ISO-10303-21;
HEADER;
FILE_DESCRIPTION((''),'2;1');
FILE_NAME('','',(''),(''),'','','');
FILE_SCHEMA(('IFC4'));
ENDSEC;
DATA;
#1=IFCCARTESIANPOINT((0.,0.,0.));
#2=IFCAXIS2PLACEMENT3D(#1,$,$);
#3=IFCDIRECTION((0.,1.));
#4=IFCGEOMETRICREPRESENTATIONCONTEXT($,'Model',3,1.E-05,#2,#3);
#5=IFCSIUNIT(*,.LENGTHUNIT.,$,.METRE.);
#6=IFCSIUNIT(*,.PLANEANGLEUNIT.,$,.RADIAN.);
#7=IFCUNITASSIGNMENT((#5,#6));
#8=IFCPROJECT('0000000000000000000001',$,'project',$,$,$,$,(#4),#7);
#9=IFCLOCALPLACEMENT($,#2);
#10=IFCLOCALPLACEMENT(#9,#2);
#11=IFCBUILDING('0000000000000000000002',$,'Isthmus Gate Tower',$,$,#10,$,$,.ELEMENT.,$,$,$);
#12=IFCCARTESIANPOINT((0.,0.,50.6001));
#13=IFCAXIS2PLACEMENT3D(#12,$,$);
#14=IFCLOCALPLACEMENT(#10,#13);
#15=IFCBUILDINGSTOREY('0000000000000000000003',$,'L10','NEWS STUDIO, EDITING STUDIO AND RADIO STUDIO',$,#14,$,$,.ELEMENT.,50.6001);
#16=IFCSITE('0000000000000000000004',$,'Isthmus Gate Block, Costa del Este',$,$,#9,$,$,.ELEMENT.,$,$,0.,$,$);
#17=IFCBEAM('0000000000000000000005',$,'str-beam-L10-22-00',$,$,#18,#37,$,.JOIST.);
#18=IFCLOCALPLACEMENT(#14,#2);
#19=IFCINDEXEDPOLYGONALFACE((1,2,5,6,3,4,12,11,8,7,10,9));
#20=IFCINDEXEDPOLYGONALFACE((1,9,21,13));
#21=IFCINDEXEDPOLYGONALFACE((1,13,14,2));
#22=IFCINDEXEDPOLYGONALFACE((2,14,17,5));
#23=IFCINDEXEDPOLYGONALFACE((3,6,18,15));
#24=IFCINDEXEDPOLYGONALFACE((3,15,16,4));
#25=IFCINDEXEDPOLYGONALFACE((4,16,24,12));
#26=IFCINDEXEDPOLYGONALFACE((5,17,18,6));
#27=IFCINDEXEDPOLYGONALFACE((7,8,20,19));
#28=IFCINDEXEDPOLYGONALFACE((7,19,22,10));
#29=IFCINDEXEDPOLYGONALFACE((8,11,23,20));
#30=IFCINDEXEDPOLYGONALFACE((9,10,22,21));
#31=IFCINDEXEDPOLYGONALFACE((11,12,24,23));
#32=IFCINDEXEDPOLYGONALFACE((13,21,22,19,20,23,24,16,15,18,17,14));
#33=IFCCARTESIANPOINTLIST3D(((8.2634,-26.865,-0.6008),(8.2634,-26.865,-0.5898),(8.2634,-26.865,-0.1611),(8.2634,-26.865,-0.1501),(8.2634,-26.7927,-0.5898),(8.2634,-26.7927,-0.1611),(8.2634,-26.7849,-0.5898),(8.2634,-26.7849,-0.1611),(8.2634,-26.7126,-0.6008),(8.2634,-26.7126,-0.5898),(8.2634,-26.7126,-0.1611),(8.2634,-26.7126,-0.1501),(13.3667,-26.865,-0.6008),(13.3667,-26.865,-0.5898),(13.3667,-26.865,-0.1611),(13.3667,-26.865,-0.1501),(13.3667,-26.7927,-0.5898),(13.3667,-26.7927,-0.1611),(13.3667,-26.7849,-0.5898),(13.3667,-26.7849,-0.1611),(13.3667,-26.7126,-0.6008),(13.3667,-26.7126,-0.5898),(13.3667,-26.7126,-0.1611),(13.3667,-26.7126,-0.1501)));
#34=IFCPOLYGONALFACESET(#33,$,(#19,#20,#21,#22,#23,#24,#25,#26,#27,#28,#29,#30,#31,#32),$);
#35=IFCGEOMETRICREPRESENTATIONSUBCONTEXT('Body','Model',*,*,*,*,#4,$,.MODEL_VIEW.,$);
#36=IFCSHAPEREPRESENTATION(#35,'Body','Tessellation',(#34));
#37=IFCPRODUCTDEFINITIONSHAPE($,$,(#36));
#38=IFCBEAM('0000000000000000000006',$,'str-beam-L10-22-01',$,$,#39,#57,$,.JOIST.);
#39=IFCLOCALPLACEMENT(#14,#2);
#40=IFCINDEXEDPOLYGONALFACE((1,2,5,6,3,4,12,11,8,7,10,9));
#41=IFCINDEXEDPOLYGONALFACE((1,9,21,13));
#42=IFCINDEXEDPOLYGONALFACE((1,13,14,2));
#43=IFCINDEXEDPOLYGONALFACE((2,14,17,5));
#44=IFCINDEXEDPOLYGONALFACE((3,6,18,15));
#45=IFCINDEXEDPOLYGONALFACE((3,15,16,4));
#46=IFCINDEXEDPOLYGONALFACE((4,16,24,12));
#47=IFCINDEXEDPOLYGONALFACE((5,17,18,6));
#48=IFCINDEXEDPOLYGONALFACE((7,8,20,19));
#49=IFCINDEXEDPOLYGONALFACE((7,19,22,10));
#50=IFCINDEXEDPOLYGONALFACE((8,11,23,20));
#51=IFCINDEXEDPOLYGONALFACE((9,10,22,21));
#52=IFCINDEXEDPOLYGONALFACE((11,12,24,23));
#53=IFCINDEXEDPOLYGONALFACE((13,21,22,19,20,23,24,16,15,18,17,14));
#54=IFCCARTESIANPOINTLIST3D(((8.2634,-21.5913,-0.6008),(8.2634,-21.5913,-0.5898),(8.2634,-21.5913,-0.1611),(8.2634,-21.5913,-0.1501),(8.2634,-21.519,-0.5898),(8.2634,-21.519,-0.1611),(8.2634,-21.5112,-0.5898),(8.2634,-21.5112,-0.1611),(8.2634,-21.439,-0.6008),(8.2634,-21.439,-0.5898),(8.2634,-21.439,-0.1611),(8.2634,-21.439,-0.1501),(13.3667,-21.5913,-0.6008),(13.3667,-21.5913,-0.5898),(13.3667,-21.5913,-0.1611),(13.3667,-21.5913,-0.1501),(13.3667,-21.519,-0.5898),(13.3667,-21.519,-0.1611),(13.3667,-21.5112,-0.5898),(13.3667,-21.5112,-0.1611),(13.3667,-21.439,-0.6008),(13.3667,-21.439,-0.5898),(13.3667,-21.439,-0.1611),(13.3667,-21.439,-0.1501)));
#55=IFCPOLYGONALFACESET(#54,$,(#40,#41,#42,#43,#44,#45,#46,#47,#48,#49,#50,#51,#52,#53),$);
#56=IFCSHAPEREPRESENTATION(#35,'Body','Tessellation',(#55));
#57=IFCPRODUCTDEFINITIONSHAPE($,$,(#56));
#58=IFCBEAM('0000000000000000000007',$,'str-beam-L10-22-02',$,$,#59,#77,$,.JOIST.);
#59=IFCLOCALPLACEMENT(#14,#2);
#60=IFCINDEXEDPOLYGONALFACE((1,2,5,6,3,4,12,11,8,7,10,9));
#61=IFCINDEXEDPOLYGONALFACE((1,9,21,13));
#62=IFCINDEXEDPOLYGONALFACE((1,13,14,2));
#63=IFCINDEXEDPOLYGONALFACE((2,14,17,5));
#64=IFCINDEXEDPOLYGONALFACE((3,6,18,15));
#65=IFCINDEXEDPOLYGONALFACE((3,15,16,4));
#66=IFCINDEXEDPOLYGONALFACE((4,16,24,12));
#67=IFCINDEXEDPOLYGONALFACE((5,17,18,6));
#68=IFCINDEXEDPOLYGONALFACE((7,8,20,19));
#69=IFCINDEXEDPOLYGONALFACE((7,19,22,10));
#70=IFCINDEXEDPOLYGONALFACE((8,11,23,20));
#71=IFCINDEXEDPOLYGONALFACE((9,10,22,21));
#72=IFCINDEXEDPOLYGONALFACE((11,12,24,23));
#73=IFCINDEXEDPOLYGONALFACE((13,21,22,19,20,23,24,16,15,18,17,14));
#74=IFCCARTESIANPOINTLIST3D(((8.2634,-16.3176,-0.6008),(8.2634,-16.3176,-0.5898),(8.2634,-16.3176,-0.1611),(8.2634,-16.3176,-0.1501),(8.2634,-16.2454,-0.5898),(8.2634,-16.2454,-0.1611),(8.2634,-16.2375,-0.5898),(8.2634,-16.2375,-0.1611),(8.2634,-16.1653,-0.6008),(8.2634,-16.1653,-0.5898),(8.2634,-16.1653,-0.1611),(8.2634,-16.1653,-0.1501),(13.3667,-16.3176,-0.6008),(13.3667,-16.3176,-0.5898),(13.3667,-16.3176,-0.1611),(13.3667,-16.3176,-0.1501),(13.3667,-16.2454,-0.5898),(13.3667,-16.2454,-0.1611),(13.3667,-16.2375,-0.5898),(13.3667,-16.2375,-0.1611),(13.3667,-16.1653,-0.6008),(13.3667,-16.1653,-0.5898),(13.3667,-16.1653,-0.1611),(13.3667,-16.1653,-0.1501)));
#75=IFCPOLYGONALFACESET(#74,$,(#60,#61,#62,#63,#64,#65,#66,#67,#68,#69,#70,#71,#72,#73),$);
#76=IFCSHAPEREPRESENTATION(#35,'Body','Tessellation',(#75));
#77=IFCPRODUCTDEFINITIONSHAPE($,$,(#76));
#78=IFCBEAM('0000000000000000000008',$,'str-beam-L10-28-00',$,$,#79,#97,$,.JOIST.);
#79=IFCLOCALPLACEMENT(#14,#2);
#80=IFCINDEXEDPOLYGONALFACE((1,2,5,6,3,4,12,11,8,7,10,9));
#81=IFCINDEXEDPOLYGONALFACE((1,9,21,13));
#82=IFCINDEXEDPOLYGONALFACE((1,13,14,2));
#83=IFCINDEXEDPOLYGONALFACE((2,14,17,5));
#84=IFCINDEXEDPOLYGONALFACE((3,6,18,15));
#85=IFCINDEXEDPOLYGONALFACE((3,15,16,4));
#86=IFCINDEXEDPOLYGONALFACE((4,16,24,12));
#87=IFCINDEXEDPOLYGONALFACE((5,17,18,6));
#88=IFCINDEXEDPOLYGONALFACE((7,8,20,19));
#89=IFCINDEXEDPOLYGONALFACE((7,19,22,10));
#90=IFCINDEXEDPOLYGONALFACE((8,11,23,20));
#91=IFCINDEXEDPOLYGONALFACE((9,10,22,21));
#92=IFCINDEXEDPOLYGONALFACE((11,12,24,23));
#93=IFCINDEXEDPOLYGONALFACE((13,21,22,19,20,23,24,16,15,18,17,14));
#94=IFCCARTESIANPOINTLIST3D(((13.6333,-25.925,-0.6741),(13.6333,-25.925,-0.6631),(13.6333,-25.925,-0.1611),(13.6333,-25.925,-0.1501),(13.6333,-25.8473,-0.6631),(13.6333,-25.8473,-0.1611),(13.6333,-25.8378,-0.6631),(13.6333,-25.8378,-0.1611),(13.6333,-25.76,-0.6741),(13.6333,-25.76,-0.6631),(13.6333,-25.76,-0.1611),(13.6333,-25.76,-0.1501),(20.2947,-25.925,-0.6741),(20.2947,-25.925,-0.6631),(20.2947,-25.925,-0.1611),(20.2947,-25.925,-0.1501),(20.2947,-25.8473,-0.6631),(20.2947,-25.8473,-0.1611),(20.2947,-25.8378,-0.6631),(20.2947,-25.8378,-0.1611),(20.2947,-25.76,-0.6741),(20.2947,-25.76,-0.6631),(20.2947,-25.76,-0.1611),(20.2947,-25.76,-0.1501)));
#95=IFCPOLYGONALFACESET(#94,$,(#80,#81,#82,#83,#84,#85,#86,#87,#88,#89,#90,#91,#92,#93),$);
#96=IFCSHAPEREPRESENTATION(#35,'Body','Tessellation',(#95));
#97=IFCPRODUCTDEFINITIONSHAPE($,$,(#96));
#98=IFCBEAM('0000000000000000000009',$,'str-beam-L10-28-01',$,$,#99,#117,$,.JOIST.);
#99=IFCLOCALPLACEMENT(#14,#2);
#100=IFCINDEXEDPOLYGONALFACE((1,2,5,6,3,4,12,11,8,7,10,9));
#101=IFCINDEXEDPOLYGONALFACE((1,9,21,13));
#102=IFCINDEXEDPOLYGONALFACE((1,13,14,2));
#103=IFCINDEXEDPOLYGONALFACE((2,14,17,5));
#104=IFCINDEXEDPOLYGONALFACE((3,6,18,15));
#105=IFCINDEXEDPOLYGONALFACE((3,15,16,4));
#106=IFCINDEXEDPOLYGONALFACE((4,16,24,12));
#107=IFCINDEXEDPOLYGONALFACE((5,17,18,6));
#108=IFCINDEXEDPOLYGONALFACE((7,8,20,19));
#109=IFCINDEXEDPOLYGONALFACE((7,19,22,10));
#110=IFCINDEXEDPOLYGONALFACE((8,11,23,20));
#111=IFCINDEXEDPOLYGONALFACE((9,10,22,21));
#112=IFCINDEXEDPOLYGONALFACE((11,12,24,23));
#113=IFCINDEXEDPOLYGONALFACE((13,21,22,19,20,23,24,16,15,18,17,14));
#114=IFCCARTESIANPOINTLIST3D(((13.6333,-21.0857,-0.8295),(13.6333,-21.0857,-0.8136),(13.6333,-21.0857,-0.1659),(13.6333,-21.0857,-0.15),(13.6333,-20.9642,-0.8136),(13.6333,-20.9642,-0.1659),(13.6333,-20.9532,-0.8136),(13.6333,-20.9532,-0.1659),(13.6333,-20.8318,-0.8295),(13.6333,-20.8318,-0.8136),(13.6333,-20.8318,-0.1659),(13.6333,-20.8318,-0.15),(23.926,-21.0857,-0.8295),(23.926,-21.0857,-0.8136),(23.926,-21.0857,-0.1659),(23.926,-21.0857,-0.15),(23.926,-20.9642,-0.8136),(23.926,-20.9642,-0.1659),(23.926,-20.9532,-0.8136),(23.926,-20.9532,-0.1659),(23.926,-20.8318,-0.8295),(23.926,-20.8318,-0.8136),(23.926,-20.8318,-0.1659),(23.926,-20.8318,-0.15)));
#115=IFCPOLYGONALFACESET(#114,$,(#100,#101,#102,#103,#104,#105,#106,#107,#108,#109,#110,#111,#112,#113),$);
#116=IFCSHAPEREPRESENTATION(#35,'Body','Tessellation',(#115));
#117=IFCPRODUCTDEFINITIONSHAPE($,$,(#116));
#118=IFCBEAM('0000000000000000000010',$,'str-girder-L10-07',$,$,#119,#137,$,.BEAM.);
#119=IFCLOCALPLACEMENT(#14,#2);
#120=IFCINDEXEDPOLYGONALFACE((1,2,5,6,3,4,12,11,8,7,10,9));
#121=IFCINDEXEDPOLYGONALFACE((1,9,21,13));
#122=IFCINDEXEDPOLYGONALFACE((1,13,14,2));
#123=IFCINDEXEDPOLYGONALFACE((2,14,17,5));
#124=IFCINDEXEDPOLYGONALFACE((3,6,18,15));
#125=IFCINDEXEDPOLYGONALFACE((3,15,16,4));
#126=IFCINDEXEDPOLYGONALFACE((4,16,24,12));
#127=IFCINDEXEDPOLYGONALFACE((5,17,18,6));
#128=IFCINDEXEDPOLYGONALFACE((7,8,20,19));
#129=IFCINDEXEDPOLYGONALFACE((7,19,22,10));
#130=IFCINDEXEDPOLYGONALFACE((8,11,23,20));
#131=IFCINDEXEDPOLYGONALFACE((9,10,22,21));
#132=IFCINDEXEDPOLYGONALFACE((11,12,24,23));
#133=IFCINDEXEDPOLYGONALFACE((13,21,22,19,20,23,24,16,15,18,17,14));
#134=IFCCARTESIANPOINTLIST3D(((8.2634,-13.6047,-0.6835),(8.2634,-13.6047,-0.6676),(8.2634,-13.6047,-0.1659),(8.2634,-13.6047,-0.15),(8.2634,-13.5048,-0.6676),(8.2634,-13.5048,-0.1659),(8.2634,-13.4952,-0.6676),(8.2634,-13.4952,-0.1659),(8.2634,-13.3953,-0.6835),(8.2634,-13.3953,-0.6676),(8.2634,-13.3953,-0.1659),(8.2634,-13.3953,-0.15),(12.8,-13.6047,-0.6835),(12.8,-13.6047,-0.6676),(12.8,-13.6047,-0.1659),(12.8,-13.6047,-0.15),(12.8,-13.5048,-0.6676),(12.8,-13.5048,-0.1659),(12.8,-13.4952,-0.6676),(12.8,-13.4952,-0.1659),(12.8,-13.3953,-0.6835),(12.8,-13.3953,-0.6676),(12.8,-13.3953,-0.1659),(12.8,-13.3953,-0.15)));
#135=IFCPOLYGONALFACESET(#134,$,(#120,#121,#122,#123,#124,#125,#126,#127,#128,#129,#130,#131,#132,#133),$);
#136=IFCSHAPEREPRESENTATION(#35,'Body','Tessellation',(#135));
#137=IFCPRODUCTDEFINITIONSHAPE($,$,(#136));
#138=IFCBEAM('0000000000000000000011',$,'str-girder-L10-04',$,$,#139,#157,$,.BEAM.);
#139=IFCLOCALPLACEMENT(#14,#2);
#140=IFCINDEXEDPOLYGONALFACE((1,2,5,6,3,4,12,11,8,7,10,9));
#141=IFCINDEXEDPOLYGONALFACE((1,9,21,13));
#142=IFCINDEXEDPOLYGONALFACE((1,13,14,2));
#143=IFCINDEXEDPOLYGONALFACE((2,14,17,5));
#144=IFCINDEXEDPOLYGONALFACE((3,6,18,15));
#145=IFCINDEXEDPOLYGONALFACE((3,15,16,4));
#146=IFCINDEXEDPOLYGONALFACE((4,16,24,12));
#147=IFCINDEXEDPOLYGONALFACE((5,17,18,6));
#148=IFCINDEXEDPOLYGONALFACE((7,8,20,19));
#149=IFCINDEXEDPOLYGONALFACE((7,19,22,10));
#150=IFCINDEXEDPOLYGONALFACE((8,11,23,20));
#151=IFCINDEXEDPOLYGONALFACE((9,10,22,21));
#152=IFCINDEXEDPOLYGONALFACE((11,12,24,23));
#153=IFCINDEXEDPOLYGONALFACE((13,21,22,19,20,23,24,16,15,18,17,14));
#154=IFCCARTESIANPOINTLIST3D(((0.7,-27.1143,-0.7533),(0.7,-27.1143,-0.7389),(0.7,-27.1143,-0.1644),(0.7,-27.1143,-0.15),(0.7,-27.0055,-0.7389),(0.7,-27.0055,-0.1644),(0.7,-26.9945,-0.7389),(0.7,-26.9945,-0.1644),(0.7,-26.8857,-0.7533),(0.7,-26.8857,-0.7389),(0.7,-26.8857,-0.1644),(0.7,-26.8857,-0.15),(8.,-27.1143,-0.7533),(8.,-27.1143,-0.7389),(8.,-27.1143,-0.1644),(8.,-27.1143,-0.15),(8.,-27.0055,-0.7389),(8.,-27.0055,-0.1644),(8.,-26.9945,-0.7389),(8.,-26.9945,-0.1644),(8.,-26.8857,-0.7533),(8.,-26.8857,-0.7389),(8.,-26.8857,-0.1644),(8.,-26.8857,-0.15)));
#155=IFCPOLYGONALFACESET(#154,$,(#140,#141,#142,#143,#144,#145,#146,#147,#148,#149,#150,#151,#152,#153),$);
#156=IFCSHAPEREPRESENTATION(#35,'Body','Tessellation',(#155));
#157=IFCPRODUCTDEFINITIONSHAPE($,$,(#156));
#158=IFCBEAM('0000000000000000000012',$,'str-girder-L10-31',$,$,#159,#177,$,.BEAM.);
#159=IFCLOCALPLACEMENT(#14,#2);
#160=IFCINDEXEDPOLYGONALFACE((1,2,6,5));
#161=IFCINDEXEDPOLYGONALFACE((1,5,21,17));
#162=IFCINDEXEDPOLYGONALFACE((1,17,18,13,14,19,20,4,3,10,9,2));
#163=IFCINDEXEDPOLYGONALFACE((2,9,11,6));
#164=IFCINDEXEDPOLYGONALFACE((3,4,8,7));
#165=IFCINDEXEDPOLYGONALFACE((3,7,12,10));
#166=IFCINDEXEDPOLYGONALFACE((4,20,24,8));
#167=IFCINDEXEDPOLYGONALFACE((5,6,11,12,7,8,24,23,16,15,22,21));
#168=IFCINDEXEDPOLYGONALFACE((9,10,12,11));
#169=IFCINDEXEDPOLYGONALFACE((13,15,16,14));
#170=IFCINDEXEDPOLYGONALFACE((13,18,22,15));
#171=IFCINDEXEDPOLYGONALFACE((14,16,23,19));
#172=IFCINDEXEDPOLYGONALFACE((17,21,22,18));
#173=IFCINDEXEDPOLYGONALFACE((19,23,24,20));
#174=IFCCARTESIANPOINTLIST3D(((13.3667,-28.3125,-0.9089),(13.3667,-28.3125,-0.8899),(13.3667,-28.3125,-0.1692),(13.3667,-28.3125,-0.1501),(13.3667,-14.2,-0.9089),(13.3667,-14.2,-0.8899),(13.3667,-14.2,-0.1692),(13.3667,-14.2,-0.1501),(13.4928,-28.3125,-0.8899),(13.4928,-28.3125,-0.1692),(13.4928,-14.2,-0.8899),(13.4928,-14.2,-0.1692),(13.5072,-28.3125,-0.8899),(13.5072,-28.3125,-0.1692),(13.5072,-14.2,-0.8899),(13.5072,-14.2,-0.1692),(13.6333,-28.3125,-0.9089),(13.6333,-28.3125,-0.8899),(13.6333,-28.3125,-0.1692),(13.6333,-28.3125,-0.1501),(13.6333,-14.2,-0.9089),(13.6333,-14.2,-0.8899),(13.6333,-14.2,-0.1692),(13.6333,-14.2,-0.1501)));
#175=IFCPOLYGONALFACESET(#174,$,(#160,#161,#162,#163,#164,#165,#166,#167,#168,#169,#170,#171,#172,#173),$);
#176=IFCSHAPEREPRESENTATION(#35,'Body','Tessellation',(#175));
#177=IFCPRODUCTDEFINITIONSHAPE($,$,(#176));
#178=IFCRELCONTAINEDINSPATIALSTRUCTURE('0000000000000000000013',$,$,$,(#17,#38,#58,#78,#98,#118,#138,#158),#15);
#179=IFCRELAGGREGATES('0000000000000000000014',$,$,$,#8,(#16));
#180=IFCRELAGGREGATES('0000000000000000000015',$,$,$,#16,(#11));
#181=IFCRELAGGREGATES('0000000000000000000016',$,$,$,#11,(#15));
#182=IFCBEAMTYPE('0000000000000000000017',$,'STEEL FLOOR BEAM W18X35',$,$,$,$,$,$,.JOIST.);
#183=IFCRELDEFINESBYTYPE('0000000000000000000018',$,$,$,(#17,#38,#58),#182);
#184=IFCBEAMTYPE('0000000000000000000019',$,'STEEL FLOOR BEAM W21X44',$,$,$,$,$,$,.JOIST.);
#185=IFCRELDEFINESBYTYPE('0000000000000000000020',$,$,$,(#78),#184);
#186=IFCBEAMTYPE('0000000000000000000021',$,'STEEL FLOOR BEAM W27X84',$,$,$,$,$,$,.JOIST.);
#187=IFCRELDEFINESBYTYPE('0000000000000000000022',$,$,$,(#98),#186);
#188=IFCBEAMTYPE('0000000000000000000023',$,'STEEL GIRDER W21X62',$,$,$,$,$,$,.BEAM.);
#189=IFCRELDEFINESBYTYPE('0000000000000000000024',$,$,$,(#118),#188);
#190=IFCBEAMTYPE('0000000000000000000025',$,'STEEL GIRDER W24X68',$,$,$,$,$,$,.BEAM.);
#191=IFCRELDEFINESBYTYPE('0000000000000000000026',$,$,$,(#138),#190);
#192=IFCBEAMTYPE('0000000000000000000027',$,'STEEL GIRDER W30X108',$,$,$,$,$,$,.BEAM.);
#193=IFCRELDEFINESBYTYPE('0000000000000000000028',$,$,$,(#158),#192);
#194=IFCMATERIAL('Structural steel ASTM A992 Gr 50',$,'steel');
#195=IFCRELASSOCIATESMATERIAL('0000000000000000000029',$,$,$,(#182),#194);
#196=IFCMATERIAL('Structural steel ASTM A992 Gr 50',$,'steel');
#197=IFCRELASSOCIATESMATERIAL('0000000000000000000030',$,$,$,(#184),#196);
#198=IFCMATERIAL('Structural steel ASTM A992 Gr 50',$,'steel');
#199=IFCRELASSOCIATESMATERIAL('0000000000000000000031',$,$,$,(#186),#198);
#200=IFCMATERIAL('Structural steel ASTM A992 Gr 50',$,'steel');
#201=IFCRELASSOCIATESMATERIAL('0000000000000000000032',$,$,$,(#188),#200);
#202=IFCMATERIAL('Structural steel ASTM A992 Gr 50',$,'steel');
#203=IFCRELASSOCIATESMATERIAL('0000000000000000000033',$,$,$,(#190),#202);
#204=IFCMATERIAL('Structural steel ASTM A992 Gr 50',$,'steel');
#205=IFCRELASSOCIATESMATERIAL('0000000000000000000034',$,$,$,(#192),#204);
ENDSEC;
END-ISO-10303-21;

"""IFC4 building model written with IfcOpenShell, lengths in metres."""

from ifc_helpers import new_model, si_unit, direction, frame, origin, origin_2d, place, context, subcontext, project, spatial, i_section, extrude, material, material_profile, profile_set, type_object, element, save


model = new_model("IFC4")

# Units and contexts
model_context = context("Model", 3, precision=1e-05, world=origin(), true_north=direction((0.0, 1.0)))
body_context = subcontext(model_context, "Body", "Model", "MODEL_VIEW")
ifc_project = project(units=[si_unit("LENGTHUNIT", "METRE"), si_unit("PLANEANGLEUNIT", "RADIAN")], contexts=[model_context])

# Site, building, storey
site_placement = place(None, origin())
site = spatial("IfcSite", under=ifc_project, at=site_placement, Name="Isthmus Gate Block, Costa del Este", CompositionType="ELEMENT", RefElevation=0.0)
building_placement = place(site_placement, origin())
building = spatial("IfcBuilding", under=site, at=building_placement, Name="Isthmus Gate Tower", CompositionType="ELEMENT")
storey_placement = place(building_placement, frame((0.0, 0.0, 50.6001)))
storey = spatial("IfcBuildingStorey", under=building, at=storey_placement, Name="L10", Description="NEWS STUDIO, EDITING STUDIO AND RADIO STUDIO", CompositionType="ELEMENT", Elevation=50.6001)

# Beams
ifc_material_1 = material(Name="Structural steel ASTM A992 Gr 50", Category="steel")
ifc_material_profile_1 = material_profile(ifc_material_1, i_section(OverallWidth=0.1523, OverallDepth=0.4507, WebThickness=0.0078, FlangeThickness=0.011, at=origin_2d()), Name="W18X35")
ifc_profile_set_1 = profile_set([ifc_material_profile_1], Name="Structural steel ASTM A992 Gr 50")
beam_type_1 = type_object("IfcBeamType", Name="STEEL FLOOR BEAM W18X35", PredefinedType="JOIST", material=ifc_profile_set_1)
for number, where, z_axis, x_axis, name in (
    (1, (8.2634, -26.7888, -0.3755), (1.0, 0.0, 0.0), (0.0, 1.0, 0.0), "str-beam-L10-22-00"),
    (2, (8.2634, -21.5151, -0.3755), (1.0, 0.0, 0.0), (0.0, 1.0, 0.0), "str-beam-L10-22-01"),
    (3, (8.2634, -16.2415, -0.3755), (1.0, 0.0, 0.0), (0.0, 1.0, 0.0), "str-beam-L10-22-02"),
):
    element("IfcBeam", number, at=place(storey_placement, frame(where, z_axis=z_axis, x_axis=x_axis)), inside=storey, type_object=beam_type_1, Name=name, PredefinedType="JOIST", context=body_context, shape_type="SweptSolid", body=[
        extrude(i_section(OverallWidth=0.1523, OverallDepth=0.4507, WebThickness=0.0078, FlangeThickness=0.011, at=origin_2d()), origin(), (0.0, 0.0, 1.0), 5.1033),
    ])
ifc_material_2 = material(Name="Structural steel ASTM A992 Gr 50", Category="steel")
ifc_material_profile_2 = material_profile(ifc_material_2, i_section(OverallWidth=0.165, OverallDepth=0.5239, WebThickness=0.0095, FlangeThickness=0.011, at=origin_2d()), Name="W21X44")
ifc_profile_set_2 = profile_set([ifc_material_profile_2], Name="Structural steel ASTM A992 Gr 50")
beam_type_2 = type_object("IfcBeamType", Name="STEEL FLOOR BEAM W21X44", PredefinedType="JOIST", material=ifc_profile_set_2)
beam_1_placement = place(storey_placement, frame((13.6333, -25.8425, -0.4121), z_axis=(1.0, 0.0, 0.0), x_axis=(0.0, 1.0, 0.0)))
element("IfcBeam", 4, at=beam_1_placement, inside=storey, type_object=beam_type_2, Name="str-beam-L10-28-00", PredefinedType="JOIST", context=body_context, shape_type="SweptSolid", body=[
    extrude(i_section(OverallWidth=0.165, OverallDepth=0.5239, WebThickness=0.0095, FlangeThickness=0.011, at=origin_2d()), origin(), (0.0, 0.0, 1.0), 6.6614),
])
ifc_material_3 = material(Name="Structural steel ASTM A992 Gr 50", Category="steel")
ifc_material_profile_3 = material_profile(ifc_material_3, i_section(OverallWidth=0.2539, OverallDepth=0.6794, WebThickness=0.011, FlangeThickness=0.0159, at=origin_2d()), Name="W27X84")
ifc_profile_set_3 = profile_set([ifc_material_profile_3], Name="Structural steel ASTM A992 Gr 50")
beam_type_3 = type_object("IfcBeamType", Name="STEEL FLOOR BEAM W27X84", PredefinedType="JOIST", material=ifc_profile_set_3)
beam_2_placement = place(storey_placement, frame((13.6333, -20.9587, -0.4897), z_axis=(1.0, 0.0, 0.0), x_axis=(0.0, 1.0, 0.0)))
element("IfcBeam", 5, at=beam_2_placement, inside=storey, type_object=beam_type_3, Name="str-beam-L10-28-01", PredefinedType="JOIST", context=body_context, shape_type="SweptSolid", body=[
    extrude(i_section(OverallWidth=0.2539, OverallDepth=0.6794, WebThickness=0.011, FlangeThickness=0.0159, at=origin_2d()), origin(), (0.0, 0.0, 1.0), 10.2927),
])
ifc_material_4 = material(Name="Structural steel ASTM A992 Gr 50", Category="steel")
ifc_material_profile_4 = material_profile(ifc_material_4, i_section(OverallWidth=0.2095, OverallDepth=0.5334, WebThickness=0.0095, FlangeThickness=0.0159, at=origin_2d()), Name="W21X62")
ifc_profile_set_4 = profile_set([ifc_material_profile_4], Name="Structural steel ASTM A992 Gr 50")
beam_type_4 = type_object("IfcBeamType", Name="STEEL GIRDER W21X62", PredefinedType="BEAM", material=ifc_profile_set_4)
beam_3_placement = place(storey_placement, frame((8.2634, -13.5, -0.4167), z_axis=(1.0, 0.0, 0.0), x_axis=(0.0, 1.0, 0.0)))
element("IfcBeam", 6, at=beam_3_placement, inside=storey, type_object=beam_type_4, Name="str-girder-L10-07", PredefinedType="BEAM", context=body_context, shape_type="SweptSolid", body=[
    extrude(i_section(OverallWidth=0.2095, OverallDepth=0.5334, WebThickness=0.0095, FlangeThickness=0.0159, at=origin_2d()), origin(), (0.0, 0.0, 1.0), 4.5366),
])
ifc_material_5 = material(Name="Structural steel ASTM A992 Gr 50", Category="steel")
ifc_material_profile_5 = material_profile(ifc_material_5, i_section(OverallWidth=0.2285, OverallDepth=0.6033, WebThickness=0.011, FlangeThickness=0.0144, at=origin_2d()), Name="W24X68")
ifc_profile_set_5 = profile_set([ifc_material_profile_5], Name="Structural steel ASTM A992 Gr 50")
beam_type_5 = type_object("IfcBeamType", Name="STEEL GIRDER W24X68", PredefinedType="BEAM", material=ifc_profile_set_5)
beam_4_placement = place(storey_placement, frame((0.7, -27.0, -0.4517), z_axis=(1.0, 0.0, 0.0), x_axis=(0.0, 1.0, 0.0)))
element("IfcBeam", 7, at=beam_4_placement, inside=storey, type_object=beam_type_5, Name="str-girder-L10-04", PredefinedType="BEAM", context=body_context, shape_type="SweptSolid", body=[
    extrude(i_section(OverallWidth=0.2285, OverallDepth=0.6033, WebThickness=0.011, FlangeThickness=0.0144, at=origin_2d()), origin(), (0.0, 0.0, 1.0), 7.3),
])
ifc_material_6 = material(Name="Structural steel ASTM A992 Gr 50", Category="steel")
ifc_material_profile_6 = material_profile(ifc_material_6, i_section(OverallWidth=0.2666, OverallDepth=0.7588, WebThickness=0.0144, FlangeThickness=0.019, at=origin_2d()), Name="W30X108")
ifc_profile_set_6 = profile_set([ifc_material_profile_6], Name="Structural steel ASTM A992 Gr 50")
beam_type_6 = type_object("IfcBeamType", Name="STEEL GIRDER W30X108", PredefinedType="BEAM", material=ifc_profile_set_6)
beam_5_placement = place(storey_placement, frame((13.5, -28.3125, -0.5295), z_axis=(0.0, 1.0, 0.0), x_axis=(-1.0, 0.0, 0.0)))
element("IfcBeam", 8, at=beam_5_placement, inside=storey, type_object=beam_type_6, Name="str-girder-L10-31", PredefinedType="BEAM", context=body_context, shape_type="SweptSolid", body=[
    extrude(i_section(OverallWidth=0.2666, OverallDepth=0.7588, WebThickness=0.0144, FlangeThickness=0.019, at=origin_2d()), origin(), (0.0, 0.0, 1.0), 14.1125),
])

save(model, "model.ifc")
